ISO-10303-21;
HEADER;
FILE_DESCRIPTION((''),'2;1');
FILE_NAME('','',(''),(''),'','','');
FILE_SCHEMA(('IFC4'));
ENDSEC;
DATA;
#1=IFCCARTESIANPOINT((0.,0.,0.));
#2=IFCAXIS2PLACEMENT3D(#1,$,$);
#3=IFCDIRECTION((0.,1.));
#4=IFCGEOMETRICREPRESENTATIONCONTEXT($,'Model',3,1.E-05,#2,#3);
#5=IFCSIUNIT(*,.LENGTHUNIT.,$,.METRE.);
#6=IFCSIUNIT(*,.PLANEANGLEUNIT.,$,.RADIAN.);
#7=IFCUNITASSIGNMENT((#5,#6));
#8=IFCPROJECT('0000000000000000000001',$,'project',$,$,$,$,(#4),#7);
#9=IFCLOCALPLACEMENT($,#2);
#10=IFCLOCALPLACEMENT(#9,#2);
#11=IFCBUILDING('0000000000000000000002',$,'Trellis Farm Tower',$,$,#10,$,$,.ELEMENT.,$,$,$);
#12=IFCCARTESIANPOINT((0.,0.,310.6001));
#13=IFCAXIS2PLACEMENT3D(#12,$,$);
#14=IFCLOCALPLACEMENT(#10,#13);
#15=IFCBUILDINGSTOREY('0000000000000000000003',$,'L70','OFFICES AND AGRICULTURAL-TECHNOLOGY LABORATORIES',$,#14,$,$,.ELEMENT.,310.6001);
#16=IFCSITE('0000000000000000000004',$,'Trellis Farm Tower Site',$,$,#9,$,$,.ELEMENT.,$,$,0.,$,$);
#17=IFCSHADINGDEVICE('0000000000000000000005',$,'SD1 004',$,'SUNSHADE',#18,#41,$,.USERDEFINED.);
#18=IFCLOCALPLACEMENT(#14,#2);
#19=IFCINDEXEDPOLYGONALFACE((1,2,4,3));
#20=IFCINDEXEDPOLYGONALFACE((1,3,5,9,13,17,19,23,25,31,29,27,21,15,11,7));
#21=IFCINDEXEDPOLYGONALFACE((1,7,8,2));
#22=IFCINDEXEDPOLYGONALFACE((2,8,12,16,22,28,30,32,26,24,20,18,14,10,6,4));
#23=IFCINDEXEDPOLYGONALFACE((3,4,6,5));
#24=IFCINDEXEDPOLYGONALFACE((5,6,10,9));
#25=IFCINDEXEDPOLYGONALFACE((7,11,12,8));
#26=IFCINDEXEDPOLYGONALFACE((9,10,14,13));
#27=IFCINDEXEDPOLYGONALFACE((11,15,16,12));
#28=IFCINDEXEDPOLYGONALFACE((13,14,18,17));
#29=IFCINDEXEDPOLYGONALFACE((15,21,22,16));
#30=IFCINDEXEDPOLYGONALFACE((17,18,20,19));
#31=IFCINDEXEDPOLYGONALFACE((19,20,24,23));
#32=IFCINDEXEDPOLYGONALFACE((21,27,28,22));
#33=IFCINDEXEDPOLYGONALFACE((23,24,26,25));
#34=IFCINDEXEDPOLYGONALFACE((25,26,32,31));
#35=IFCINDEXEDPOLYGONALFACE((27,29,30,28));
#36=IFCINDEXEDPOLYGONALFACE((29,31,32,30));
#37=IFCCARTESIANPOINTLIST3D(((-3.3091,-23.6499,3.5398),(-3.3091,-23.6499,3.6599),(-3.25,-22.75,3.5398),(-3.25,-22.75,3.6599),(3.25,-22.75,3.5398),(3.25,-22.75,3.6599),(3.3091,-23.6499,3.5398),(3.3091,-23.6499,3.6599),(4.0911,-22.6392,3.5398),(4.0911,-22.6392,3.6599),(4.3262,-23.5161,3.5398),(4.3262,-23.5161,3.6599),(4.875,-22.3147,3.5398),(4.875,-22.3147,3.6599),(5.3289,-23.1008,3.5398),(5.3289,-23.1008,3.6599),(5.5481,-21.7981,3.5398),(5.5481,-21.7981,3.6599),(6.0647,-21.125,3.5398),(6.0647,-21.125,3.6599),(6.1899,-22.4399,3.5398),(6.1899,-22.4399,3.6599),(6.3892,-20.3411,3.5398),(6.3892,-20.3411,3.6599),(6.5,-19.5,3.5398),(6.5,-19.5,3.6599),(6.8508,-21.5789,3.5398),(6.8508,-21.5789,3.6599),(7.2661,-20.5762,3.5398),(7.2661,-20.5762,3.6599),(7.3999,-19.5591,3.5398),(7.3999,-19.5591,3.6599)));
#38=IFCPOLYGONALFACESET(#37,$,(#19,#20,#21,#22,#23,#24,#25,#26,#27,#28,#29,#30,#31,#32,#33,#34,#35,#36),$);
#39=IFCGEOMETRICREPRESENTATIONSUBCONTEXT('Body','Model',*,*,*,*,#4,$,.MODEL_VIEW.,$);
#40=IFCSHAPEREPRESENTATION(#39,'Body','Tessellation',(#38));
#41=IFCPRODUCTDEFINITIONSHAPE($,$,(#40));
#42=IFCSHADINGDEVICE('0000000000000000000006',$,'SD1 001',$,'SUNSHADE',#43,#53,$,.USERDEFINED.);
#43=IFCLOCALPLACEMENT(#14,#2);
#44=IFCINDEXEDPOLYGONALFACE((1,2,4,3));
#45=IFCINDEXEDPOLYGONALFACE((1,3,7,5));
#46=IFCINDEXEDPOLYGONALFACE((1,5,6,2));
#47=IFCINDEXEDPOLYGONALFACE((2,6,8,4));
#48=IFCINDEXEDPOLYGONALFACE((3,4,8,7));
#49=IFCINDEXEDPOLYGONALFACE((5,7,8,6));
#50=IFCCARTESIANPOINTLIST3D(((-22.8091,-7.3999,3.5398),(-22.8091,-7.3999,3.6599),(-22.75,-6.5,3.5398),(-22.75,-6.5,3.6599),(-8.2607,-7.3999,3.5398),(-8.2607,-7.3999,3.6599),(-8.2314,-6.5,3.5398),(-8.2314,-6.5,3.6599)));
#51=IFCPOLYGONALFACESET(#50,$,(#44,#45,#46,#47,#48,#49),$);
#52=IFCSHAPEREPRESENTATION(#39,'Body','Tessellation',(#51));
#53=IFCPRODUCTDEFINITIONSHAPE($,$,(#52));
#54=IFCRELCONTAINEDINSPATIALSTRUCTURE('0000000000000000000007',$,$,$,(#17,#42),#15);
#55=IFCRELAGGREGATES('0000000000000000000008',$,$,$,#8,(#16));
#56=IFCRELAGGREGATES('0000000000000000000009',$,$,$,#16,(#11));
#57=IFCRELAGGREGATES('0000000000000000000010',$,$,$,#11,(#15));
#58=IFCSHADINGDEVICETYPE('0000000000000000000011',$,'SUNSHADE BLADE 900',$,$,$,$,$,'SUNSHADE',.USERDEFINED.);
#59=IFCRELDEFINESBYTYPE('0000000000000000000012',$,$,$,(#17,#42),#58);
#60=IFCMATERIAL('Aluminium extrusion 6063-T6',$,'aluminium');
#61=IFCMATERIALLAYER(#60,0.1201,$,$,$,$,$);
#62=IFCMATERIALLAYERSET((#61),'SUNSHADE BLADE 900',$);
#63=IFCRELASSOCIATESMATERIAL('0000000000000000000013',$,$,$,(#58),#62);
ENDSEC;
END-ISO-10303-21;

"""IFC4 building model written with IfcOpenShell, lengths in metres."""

from ifc_helpers import new_model, si_unit, direction, frame, origin, place, context, subcontext, project, spatial, polyline, outline, extrude, source, transform, mapped, material, layer, layer_set, type_object, element, save


model = new_model("IFC4")

# Units and contexts
model_context = context("Model", 3, precision=1e-05, world=origin(), true_north=direction((0.0, 1.0)))
body_context = subcontext(model_context, "Body", "Model", "MODEL_VIEW")
ifc_project = project(units=[si_unit("LENGTHUNIT", "METRE"), si_unit("PLANEANGLEUNIT", "RADIAN")], contexts=[model_context])

# Site, building, storey
site_placement = place(None, origin())
site = spatial("IfcSite", under=ifc_project, at=site_placement, Name="Trellis Farm Tower Site", CompositionType="ELEMENT", RefElevation=0.0)
building_placement = place(site_placement, origin())
building = spatial("IfcBuilding", under=site, at=building_placement, Name="Trellis Farm Tower", CompositionType="ELEMENT")
storey_placement = place(building_placement, frame((0.0, 0.0, 310.6001)))
storey = spatial("IfcBuildingStorey", under=building, at=storey_placement, Name="L70", Description="OFFICES AND AGRICULTURAL-TECHNOLOGY LABORATORIES", CompositionType="ELEMENT", Elevation=310.6001)

# Shared definitions
ifc_material_1 = material(Name="Aluminium extrusion 6063-T6", Category="aluminium")

# Shading devices
ifc_layer_1 = layer(ifc_material_1, 0.1201)
ifc_layer_set_1 = layer_set([ifc_layer_1], Name="SUNSHADE BLADE 900")
shading_device_type_1 = type_object("IfcShadingDeviceType", Name="SUNSHADE BLADE 900", ElementType="SUNSHADE", PredefinedType="USERDEFINED", material=ifc_layer_set_1)
placement_1 = place(storey_placement, frame((0.0, 0.0, 3.5398)))
shared_shape_1 = source(origin(), body_context, "Body", "SweptSolid", [
    extrude(outline(polyline([(-3.3091, -23.6499), (3.3091, -23.6499), (4.3262, -23.5161), (5.3289, -23.1008), (6.1899, -22.4399), (6.8508, -21.5789), (7.2661, -20.5762), (7.3999, -19.5591), (6.5, -19.5), (6.3892, -20.3411), (6.0647, -21.125), (5.5481, -21.7981), (4.875, -22.3147), (4.0911, -22.6392), (3.25, -22.75), (-3.25, -22.75), (-3.3091, -23.6499)])), origin(), (0.0, 0.0, 1.0), 0.1201),
])
element("IfcShadingDevice", 1, at=placement_1, inside=storey, type_object=shading_device_type_1, Name="SD1 004", ObjectType="SUNSHADE", PredefinedType="USERDEFINED", context=body_context, shape_type="MappedRepresentation", body=[
    mapped(shared_shape_1, transform((0.0, 0.0, 0.0))),
])
shared_shape_2 = source(origin(), body_context, "Body", "SweptSolid", [
    extrude(outline(polyline([(-22.8091, -7.3999), (-8.2607, -7.3999), (-8.2314, -6.5), (-22.75, -6.5), (-22.8091, -7.3999)])), origin(), (0.0, 0.0, 1.0), 0.1201),
])
element("IfcShadingDevice", 2, at=placement_1, inside=storey, type_object=shading_device_type_1, Name="SD1 001", ObjectType="SUNSHADE", PredefinedType="USERDEFINED", context=body_context, shape_type="MappedRepresentation", body=[
    mapped(shared_shape_2, transform((0.0, 0.0, 0.0))),
])

save(model, "model.ifc")
